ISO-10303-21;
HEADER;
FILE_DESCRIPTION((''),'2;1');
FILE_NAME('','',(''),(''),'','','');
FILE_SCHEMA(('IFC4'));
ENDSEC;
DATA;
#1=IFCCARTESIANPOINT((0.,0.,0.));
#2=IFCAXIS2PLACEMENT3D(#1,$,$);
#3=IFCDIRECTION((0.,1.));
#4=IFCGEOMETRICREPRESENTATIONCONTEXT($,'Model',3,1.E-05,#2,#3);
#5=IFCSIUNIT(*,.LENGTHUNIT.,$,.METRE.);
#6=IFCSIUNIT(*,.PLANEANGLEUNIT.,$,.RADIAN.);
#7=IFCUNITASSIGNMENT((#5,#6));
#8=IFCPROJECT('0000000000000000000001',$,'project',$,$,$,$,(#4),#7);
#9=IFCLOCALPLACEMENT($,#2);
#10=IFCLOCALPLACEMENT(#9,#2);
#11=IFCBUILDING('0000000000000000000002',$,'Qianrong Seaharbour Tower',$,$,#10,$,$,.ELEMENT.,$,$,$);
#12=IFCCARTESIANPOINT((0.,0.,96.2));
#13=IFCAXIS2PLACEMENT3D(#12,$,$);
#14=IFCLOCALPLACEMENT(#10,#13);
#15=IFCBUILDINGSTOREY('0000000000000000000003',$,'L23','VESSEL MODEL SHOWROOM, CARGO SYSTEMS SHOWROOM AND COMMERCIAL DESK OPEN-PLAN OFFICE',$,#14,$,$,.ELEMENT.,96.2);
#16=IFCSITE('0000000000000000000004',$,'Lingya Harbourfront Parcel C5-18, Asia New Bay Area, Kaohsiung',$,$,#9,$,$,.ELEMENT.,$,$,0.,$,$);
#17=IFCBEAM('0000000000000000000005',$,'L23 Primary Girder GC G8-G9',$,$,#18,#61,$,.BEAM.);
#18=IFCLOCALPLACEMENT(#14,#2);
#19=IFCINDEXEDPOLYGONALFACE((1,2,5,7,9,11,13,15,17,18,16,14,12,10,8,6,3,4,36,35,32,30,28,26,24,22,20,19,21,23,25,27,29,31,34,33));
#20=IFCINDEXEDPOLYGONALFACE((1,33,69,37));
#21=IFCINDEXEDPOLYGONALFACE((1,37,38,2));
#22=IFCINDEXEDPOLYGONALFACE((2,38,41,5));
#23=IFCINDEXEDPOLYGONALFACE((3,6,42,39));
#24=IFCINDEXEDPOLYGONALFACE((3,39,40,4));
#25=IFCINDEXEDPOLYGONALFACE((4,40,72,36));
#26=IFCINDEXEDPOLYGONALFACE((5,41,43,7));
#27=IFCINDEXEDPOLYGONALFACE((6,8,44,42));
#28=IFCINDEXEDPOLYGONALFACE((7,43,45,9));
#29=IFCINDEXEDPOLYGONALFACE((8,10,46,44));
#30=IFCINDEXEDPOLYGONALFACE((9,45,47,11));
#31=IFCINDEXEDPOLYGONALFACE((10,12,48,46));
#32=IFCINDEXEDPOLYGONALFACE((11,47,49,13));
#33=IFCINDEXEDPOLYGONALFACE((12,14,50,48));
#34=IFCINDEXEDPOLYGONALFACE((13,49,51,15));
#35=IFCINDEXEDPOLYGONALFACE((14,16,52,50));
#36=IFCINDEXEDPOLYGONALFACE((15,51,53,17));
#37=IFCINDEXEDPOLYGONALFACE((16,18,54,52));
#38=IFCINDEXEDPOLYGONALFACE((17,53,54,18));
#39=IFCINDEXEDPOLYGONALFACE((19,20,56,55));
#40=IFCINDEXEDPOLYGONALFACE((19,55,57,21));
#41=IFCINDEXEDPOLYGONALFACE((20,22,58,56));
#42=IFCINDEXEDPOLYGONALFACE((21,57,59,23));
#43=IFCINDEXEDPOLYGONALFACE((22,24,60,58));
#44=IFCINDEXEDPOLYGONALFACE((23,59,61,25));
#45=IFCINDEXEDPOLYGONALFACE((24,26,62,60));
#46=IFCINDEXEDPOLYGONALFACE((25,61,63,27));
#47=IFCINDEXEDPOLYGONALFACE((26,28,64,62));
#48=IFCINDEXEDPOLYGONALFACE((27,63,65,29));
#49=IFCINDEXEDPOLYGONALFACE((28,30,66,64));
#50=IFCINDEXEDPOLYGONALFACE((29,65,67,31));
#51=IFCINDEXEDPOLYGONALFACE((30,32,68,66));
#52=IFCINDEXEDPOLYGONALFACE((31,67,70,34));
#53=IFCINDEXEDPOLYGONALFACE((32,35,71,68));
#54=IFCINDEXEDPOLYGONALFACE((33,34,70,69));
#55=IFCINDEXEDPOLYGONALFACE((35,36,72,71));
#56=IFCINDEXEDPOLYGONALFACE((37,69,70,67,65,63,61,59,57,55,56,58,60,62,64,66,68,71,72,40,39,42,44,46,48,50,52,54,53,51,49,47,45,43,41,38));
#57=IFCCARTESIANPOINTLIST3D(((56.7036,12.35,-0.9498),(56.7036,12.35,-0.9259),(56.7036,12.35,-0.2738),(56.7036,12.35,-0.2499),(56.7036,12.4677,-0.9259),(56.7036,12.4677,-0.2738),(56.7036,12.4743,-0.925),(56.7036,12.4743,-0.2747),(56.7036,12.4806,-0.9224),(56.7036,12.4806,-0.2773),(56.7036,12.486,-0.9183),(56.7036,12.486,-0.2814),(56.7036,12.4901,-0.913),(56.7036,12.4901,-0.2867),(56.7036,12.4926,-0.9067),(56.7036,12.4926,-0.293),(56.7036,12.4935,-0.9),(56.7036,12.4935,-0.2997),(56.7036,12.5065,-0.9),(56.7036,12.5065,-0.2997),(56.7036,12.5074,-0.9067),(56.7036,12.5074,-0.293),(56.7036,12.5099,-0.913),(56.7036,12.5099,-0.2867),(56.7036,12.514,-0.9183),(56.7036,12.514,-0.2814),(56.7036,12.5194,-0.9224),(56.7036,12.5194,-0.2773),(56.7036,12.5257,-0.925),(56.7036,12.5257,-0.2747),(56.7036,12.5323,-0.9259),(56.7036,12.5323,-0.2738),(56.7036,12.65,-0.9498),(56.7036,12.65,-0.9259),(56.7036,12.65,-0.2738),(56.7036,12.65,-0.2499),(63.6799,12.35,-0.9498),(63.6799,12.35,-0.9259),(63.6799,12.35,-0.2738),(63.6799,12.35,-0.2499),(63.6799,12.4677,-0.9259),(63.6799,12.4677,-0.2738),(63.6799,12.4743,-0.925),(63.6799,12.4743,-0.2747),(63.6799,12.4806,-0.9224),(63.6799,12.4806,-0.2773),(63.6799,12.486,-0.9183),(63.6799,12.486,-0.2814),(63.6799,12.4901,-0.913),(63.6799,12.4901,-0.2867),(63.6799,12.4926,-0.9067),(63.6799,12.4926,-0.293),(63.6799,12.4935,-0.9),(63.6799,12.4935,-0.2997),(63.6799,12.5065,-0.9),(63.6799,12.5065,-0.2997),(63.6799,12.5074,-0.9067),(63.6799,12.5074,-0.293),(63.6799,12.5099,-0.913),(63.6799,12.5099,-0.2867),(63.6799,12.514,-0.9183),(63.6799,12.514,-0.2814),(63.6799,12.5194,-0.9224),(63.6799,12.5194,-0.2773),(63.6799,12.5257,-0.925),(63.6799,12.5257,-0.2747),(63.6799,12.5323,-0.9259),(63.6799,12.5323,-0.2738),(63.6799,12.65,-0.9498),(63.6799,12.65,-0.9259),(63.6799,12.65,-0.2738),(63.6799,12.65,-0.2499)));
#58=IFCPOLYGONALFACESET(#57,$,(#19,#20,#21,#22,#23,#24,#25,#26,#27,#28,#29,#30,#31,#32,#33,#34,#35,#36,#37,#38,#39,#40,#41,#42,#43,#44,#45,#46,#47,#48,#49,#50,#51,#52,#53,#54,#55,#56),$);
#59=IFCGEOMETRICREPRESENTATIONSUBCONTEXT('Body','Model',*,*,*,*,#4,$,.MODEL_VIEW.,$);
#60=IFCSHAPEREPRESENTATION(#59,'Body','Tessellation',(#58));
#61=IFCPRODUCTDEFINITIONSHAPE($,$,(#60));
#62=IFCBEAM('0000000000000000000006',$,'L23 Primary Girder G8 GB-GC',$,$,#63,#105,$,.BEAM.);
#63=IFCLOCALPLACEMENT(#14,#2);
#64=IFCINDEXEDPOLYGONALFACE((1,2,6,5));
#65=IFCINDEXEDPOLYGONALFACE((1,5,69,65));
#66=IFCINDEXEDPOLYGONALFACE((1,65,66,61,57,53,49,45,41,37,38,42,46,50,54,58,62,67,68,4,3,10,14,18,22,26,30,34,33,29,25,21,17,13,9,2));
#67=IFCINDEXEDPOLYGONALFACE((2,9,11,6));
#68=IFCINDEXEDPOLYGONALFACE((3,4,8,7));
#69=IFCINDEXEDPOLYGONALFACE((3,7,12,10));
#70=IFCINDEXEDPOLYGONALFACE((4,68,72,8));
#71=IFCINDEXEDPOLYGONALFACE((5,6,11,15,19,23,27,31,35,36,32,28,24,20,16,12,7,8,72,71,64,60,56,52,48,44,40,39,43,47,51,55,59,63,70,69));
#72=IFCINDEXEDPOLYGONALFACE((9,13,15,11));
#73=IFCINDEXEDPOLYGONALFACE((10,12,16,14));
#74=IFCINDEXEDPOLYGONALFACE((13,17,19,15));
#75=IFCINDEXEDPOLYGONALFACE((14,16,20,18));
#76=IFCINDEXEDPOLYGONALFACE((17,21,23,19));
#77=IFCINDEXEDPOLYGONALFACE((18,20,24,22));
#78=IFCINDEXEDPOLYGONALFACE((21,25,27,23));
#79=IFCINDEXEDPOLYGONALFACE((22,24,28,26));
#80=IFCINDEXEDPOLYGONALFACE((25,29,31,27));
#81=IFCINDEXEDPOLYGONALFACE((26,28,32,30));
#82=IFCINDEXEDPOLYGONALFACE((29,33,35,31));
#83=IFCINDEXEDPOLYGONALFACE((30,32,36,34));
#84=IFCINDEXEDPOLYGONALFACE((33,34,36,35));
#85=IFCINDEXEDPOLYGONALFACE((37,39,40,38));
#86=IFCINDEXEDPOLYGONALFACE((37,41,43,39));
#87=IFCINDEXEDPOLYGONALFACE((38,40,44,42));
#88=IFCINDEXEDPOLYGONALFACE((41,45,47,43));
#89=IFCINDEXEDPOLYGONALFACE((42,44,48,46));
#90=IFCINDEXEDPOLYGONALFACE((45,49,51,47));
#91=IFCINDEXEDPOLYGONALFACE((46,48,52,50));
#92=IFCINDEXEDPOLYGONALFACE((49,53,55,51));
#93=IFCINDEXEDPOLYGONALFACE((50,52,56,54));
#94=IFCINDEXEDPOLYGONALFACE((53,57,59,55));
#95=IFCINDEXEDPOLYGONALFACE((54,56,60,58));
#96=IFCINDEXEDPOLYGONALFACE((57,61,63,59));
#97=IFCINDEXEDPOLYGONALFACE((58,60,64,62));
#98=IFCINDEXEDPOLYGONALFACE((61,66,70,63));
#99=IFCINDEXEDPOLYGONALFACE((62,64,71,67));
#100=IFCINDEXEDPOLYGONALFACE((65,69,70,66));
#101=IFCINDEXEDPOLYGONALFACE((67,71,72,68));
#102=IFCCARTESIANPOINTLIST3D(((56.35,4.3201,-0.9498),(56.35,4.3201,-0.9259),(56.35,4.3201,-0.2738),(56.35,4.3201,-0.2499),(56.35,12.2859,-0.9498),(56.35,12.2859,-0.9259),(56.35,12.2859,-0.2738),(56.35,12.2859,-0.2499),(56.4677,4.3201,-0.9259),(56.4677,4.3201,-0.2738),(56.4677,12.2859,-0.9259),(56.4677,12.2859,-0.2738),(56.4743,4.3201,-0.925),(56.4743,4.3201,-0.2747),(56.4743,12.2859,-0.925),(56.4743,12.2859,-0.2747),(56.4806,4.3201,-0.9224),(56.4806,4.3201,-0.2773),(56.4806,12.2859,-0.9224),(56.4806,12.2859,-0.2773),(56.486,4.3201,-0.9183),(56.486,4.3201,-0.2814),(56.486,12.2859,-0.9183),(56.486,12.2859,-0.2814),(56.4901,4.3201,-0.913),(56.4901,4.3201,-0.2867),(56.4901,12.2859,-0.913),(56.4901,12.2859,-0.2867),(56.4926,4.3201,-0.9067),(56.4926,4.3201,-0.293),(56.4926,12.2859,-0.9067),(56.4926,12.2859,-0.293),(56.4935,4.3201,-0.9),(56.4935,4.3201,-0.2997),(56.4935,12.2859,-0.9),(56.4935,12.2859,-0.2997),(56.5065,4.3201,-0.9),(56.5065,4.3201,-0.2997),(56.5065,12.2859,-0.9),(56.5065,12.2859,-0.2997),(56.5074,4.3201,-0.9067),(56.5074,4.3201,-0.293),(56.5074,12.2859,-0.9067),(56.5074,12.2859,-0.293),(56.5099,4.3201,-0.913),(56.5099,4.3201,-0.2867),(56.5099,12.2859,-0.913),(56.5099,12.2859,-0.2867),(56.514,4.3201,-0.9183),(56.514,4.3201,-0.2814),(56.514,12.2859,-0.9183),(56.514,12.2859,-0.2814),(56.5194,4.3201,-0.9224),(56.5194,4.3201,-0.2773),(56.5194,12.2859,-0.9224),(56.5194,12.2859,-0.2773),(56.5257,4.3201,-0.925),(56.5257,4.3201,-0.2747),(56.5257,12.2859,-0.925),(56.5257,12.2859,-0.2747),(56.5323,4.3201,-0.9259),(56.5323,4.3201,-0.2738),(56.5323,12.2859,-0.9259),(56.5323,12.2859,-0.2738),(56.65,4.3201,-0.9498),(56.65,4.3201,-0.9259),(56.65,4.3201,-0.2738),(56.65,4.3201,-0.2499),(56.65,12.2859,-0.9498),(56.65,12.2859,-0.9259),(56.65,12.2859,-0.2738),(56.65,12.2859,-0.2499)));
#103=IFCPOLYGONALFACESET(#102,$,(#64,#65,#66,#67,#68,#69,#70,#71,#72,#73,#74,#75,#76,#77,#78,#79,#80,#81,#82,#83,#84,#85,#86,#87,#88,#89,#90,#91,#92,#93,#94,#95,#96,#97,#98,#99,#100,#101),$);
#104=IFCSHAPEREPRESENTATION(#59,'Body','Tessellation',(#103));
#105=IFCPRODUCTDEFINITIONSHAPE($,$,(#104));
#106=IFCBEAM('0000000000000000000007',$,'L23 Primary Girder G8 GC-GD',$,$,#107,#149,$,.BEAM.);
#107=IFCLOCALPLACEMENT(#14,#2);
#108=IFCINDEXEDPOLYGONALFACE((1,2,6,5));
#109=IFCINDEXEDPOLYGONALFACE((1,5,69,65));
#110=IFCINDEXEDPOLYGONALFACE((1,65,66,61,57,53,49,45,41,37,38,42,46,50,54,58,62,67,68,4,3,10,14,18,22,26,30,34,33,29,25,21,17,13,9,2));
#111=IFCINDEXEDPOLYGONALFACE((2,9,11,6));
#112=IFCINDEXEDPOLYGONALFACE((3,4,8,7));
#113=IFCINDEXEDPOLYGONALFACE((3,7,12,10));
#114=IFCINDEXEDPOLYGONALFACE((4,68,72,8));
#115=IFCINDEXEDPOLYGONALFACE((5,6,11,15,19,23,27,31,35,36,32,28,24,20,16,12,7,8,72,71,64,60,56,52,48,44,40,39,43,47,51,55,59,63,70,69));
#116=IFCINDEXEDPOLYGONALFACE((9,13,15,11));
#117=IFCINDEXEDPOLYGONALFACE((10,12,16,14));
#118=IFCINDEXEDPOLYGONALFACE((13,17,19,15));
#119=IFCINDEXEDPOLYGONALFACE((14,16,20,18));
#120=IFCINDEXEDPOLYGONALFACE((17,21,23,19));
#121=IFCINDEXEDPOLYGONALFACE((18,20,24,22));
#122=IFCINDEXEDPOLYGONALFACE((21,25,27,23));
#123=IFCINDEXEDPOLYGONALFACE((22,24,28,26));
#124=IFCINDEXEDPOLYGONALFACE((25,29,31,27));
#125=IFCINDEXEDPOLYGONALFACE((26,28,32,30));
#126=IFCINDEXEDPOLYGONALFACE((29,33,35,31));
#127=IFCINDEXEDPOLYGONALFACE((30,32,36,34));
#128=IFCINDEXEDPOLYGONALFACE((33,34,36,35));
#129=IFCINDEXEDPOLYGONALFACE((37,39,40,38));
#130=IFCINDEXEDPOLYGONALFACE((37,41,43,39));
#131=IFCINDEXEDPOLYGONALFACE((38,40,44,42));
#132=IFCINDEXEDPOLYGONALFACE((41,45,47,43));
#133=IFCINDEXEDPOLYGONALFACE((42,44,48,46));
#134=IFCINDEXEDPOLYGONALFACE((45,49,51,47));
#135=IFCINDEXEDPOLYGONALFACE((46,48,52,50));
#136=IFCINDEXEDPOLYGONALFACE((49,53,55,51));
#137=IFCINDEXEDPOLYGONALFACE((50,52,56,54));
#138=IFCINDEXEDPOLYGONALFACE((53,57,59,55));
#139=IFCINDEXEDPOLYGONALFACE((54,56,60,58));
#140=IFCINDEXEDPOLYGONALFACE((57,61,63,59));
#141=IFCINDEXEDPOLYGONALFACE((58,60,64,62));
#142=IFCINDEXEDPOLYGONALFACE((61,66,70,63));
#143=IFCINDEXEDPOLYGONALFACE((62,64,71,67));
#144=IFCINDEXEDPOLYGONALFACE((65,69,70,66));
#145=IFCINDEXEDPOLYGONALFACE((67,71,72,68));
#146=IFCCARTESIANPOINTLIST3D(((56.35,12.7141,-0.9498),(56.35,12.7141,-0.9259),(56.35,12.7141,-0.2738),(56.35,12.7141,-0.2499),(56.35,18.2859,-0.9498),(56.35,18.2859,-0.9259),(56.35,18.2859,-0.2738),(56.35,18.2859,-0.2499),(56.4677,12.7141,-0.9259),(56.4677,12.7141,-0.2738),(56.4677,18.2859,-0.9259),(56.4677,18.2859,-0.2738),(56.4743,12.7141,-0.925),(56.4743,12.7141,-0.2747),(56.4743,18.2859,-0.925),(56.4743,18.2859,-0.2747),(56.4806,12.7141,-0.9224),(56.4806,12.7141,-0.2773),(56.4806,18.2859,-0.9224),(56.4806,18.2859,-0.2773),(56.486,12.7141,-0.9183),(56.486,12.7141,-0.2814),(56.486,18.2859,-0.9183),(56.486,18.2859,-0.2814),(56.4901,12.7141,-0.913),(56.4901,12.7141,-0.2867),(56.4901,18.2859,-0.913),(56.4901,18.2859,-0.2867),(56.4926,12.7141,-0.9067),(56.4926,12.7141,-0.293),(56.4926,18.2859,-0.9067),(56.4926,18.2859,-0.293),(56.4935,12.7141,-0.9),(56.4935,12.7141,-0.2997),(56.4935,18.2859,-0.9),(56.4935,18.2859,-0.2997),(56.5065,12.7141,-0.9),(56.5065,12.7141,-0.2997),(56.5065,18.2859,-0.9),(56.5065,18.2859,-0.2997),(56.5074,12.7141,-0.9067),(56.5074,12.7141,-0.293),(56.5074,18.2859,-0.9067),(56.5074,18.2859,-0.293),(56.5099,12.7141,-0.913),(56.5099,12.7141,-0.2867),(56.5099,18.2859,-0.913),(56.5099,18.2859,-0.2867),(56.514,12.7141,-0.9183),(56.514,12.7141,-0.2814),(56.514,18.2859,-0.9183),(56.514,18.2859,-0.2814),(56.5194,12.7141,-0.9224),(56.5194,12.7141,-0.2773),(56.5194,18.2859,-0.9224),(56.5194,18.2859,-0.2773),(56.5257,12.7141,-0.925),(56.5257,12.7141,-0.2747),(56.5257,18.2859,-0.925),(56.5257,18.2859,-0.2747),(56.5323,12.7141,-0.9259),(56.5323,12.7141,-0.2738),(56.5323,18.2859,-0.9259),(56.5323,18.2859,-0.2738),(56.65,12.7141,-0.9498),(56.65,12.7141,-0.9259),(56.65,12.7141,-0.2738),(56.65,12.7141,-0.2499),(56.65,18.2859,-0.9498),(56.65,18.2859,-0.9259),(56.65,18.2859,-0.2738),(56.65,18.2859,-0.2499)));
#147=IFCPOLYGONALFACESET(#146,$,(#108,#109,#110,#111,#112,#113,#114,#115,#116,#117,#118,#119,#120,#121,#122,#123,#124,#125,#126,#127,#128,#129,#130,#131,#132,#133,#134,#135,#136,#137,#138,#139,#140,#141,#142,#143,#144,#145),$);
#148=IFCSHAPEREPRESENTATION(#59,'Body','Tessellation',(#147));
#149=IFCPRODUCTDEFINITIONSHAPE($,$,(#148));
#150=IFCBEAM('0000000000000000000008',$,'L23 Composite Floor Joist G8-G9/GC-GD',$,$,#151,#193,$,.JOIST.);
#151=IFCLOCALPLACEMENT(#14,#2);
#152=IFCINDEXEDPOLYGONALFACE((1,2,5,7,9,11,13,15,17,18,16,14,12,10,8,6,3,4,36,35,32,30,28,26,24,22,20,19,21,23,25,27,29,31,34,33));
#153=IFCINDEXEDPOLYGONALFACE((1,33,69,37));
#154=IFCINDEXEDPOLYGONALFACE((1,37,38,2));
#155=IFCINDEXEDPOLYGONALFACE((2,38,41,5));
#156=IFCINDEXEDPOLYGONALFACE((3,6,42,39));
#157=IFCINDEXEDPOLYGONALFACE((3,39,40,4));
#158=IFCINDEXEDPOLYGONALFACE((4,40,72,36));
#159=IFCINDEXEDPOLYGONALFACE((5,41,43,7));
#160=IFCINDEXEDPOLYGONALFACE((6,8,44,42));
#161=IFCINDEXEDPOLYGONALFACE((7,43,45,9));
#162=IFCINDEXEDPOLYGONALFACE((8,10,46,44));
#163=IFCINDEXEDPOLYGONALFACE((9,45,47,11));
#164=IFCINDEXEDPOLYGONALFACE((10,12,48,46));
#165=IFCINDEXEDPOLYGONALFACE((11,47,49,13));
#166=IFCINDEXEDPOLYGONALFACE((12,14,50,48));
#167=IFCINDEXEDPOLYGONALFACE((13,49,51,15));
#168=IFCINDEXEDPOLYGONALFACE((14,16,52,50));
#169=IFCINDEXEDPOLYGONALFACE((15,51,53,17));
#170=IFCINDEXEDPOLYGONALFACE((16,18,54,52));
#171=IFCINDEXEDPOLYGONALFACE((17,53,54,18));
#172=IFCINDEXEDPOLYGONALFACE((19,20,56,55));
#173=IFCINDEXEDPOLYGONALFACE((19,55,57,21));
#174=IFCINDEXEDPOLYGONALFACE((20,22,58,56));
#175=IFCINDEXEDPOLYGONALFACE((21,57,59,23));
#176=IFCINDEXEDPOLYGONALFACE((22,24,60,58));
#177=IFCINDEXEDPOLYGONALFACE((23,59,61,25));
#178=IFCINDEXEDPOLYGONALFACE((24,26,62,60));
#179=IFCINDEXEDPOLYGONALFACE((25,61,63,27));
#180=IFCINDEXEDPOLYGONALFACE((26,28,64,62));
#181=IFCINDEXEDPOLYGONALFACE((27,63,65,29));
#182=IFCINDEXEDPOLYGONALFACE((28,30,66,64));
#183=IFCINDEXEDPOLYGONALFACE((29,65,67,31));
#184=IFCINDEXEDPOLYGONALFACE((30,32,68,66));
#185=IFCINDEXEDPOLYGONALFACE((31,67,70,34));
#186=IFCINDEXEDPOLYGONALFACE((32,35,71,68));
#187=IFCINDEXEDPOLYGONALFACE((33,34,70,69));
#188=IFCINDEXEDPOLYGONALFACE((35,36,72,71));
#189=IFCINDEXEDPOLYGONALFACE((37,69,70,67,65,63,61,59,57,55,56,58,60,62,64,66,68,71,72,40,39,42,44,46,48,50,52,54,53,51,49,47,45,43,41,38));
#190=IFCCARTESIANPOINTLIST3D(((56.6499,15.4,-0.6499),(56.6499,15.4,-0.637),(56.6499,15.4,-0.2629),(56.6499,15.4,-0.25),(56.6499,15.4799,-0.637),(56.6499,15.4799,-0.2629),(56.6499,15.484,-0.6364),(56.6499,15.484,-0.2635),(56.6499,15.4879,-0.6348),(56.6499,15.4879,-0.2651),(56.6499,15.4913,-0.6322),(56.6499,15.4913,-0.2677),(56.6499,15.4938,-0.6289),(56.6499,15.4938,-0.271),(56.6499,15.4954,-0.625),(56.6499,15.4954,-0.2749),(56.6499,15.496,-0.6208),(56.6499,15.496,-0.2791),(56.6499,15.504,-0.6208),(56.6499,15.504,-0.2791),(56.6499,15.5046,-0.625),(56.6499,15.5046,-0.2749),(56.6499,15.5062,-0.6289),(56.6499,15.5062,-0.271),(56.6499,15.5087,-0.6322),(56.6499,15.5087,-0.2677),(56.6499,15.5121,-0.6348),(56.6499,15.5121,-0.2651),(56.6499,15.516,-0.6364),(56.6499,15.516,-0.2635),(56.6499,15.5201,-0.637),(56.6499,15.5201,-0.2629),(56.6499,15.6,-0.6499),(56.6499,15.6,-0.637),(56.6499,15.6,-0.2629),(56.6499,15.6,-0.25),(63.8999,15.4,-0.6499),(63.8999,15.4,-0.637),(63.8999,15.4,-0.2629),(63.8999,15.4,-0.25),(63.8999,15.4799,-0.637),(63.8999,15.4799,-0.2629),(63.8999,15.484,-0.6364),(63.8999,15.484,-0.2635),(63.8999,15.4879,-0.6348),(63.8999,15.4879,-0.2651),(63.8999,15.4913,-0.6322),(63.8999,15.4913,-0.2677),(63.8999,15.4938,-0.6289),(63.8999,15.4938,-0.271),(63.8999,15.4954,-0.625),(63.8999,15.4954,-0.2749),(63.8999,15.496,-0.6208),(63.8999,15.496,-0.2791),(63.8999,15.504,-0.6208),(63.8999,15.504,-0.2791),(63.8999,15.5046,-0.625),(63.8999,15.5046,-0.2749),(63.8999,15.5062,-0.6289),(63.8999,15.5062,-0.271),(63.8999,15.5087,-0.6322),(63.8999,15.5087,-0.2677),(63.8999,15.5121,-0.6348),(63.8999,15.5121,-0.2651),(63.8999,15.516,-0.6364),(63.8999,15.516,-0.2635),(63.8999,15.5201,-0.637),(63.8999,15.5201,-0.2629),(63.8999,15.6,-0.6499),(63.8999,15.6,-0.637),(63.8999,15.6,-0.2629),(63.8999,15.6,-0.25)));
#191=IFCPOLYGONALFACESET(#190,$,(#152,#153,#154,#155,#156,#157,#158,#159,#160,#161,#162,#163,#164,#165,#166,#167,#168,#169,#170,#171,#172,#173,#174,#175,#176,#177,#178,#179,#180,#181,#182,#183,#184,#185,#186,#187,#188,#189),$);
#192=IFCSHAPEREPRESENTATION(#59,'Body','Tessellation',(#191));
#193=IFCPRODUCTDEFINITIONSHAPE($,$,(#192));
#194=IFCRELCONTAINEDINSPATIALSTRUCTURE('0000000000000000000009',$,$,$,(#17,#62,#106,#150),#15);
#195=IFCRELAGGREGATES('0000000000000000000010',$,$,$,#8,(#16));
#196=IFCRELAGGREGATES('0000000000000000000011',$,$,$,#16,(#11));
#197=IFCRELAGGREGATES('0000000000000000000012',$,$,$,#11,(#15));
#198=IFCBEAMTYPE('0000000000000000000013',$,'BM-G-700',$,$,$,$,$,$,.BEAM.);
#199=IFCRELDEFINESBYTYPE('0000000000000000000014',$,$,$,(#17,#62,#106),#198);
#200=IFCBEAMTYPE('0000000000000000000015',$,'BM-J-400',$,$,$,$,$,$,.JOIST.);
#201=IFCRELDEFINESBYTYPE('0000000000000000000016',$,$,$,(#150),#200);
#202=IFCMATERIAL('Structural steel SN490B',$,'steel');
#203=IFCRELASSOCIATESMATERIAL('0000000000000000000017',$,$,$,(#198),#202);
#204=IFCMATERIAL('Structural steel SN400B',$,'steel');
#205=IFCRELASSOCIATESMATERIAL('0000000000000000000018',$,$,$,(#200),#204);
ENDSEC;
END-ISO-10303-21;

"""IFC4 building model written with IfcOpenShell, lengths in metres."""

from ifc_helpers import new_model, si_unit, direction, frame, origin, origin_2d, place, context, subcontext, project, spatial, i_section, extrude, material, material_profile, profile_set, type_object, element, save


model = new_model("IFC4")

# Units and contexts
model_context = context("Model", 3, precision=1e-05, world=origin(), true_north=direction((0.0, 1.0)))
body_context = subcontext(model_context, "Body", "Model", "MODEL_VIEW")
ifc_project = project(units=[si_unit("LENGTHUNIT", "METRE"), si_unit("PLANEANGLEUNIT", "RADIAN")], contexts=[model_context])

# Site, building, storey
site_placement = place(None, origin())
site = spatial("IfcSite", under=ifc_project, at=site_placement, Name="Lingya Harbourfront Parcel C5-18, Asia New Bay Area, Kaohsiung", CompositionType="ELEMENT", RefElevation=0.0)
building_placement = place(site_placement, origin())
building = spatial("IfcBuilding", under=site, at=building_placement, Name="Qianrong Seaharbour Tower", CompositionType="ELEMENT")
storey_placement = place(building_placement, frame((0.0, 0.0, 96.2)))
storey = spatial("IfcBuildingStorey", under=building, at=storey_placement, Name="L23", Description="VESSEL MODEL SHOWROOM, CARGO SYSTEMS SHOWROOM AND COMMERCIAL DESK OPEN-PLAN OFFICE", CompositionType="ELEMENT", Elevation=96.2)

# Shared definitions
ifc_material_1 = material(Name="Structural steel SN490B", Category="steel")

# Beams
ifc_material_profile_1 = material_profile(ifc_material_1, i_section(OverallWidth=0.3, OverallDepth=0.7, WebThickness=0.0129, FlangeThickness=0.0239, FilletRadius=0.0259, at=origin_2d()), Name="H700x300x13x24")
ifc_profile_set_1 = profile_set([ifc_material_profile_1], Name="Structural steel SN490B")
beam_type_1 = type_object("IfcBeamType", Name="BM-G-700", PredefinedType="BEAM", material=ifc_profile_set_1)
beam_1_placement = place(storey_placement, frame((56.7036, 12.5, -0.5999), z_axis=(1.0, 0.0, 0.0), x_axis=(0.0, 1.0, 0.0)))
element("IfcBeam", 1, at=beam_1_placement, inside=storey, type_object=beam_type_1, Name="L23 Primary Girder GC G8-G9", PredefinedType="BEAM", context=body_context, shape_type="SweptSolid", body=[
    extrude(i_section(OverallWidth=0.3, OverallDepth=0.7, WebThickness=0.0129, FlangeThickness=0.0239, FilletRadius=0.0259, at=origin_2d()), origin(), (0.0, 0.0, 1.0), 6.9763),
])
beam_2_placement = place(storey_placement, frame((56.5, 4.3201, -0.5999), z_axis=(0.0, 1.0, 0.0), x_axis=(-1.0, 0.0, 0.0)))
element("IfcBeam", 2, at=beam_2_placement, inside=storey, type_object=beam_type_1, Name="L23 Primary Girder G8 GB-GC", PredefinedType="BEAM", context=body_context, shape_type="SweptSolid", body=[
    extrude(i_section(OverallWidth=0.3, OverallDepth=0.7, WebThickness=0.0129, FlangeThickness=0.0239, FilletRadius=0.0259, at=origin_2d()), origin(), (0.0, 0.0, 1.0), 7.9658),
])
beam_3_placement = place(storey_placement, frame((56.5, 12.7141, -0.5999), z_axis=(0.0, 1.0, 0.0), x_axis=(-1.0, 0.0, 0.0)))
element("IfcBeam", 3, at=beam_3_placement, inside=storey, type_object=beam_type_1, Name="L23 Primary Girder G8 GC-GD", PredefinedType="BEAM", context=body_context, shape_type="SweptSolid", body=[
    extrude(i_section(OverallWidth=0.3, OverallDepth=0.7, WebThickness=0.0129, FlangeThickness=0.0239, FilletRadius=0.0259, at=origin_2d()), origin(), (0.0, 0.0, 1.0), 5.5718),
])
ifc_material_2 = material(Name="Structural steel SN400B", Category="steel")
ifc_material_profile_2 = material_profile(ifc_material_2, i_section(OverallWidth=0.2, OverallDepth=0.3999, WebThickness=0.0081, FlangeThickness=0.0129, FilletRadius=0.0161, at=origin_2d()), Name="H400x200x8x13")
ifc_profile_set_2 = profile_set([ifc_material_profile_2], Name="Structural steel SN400B")
beam_type_2 = type_object("IfcBeamType", Name="BM-J-400", PredefinedType="JOIST", material=ifc_profile_set_2)
beam_4_placement = place(storey_placement, frame((56.6499, 15.5, -0.45), z_axis=(1.0, 0.0, 0.0), x_axis=(0.0, 1.0, 0.0)))
element("IfcBeam", 4, at=beam_4_placement, inside=storey, type_object=beam_type_2, Name="L23 Composite Floor Joist G8-G9/GC-GD", PredefinedType="JOIST", context=body_context, shape_type="SweptSolid", body=[
    extrude(i_section(OverallWidth=0.2, OverallDepth=0.3999, WebThickness=0.0081, FlangeThickness=0.0129, FilletRadius=0.0161, at=origin_2d()), origin(), (0.0, 0.0, 1.0), 7.25),
])

save(model, "model.ifc")
